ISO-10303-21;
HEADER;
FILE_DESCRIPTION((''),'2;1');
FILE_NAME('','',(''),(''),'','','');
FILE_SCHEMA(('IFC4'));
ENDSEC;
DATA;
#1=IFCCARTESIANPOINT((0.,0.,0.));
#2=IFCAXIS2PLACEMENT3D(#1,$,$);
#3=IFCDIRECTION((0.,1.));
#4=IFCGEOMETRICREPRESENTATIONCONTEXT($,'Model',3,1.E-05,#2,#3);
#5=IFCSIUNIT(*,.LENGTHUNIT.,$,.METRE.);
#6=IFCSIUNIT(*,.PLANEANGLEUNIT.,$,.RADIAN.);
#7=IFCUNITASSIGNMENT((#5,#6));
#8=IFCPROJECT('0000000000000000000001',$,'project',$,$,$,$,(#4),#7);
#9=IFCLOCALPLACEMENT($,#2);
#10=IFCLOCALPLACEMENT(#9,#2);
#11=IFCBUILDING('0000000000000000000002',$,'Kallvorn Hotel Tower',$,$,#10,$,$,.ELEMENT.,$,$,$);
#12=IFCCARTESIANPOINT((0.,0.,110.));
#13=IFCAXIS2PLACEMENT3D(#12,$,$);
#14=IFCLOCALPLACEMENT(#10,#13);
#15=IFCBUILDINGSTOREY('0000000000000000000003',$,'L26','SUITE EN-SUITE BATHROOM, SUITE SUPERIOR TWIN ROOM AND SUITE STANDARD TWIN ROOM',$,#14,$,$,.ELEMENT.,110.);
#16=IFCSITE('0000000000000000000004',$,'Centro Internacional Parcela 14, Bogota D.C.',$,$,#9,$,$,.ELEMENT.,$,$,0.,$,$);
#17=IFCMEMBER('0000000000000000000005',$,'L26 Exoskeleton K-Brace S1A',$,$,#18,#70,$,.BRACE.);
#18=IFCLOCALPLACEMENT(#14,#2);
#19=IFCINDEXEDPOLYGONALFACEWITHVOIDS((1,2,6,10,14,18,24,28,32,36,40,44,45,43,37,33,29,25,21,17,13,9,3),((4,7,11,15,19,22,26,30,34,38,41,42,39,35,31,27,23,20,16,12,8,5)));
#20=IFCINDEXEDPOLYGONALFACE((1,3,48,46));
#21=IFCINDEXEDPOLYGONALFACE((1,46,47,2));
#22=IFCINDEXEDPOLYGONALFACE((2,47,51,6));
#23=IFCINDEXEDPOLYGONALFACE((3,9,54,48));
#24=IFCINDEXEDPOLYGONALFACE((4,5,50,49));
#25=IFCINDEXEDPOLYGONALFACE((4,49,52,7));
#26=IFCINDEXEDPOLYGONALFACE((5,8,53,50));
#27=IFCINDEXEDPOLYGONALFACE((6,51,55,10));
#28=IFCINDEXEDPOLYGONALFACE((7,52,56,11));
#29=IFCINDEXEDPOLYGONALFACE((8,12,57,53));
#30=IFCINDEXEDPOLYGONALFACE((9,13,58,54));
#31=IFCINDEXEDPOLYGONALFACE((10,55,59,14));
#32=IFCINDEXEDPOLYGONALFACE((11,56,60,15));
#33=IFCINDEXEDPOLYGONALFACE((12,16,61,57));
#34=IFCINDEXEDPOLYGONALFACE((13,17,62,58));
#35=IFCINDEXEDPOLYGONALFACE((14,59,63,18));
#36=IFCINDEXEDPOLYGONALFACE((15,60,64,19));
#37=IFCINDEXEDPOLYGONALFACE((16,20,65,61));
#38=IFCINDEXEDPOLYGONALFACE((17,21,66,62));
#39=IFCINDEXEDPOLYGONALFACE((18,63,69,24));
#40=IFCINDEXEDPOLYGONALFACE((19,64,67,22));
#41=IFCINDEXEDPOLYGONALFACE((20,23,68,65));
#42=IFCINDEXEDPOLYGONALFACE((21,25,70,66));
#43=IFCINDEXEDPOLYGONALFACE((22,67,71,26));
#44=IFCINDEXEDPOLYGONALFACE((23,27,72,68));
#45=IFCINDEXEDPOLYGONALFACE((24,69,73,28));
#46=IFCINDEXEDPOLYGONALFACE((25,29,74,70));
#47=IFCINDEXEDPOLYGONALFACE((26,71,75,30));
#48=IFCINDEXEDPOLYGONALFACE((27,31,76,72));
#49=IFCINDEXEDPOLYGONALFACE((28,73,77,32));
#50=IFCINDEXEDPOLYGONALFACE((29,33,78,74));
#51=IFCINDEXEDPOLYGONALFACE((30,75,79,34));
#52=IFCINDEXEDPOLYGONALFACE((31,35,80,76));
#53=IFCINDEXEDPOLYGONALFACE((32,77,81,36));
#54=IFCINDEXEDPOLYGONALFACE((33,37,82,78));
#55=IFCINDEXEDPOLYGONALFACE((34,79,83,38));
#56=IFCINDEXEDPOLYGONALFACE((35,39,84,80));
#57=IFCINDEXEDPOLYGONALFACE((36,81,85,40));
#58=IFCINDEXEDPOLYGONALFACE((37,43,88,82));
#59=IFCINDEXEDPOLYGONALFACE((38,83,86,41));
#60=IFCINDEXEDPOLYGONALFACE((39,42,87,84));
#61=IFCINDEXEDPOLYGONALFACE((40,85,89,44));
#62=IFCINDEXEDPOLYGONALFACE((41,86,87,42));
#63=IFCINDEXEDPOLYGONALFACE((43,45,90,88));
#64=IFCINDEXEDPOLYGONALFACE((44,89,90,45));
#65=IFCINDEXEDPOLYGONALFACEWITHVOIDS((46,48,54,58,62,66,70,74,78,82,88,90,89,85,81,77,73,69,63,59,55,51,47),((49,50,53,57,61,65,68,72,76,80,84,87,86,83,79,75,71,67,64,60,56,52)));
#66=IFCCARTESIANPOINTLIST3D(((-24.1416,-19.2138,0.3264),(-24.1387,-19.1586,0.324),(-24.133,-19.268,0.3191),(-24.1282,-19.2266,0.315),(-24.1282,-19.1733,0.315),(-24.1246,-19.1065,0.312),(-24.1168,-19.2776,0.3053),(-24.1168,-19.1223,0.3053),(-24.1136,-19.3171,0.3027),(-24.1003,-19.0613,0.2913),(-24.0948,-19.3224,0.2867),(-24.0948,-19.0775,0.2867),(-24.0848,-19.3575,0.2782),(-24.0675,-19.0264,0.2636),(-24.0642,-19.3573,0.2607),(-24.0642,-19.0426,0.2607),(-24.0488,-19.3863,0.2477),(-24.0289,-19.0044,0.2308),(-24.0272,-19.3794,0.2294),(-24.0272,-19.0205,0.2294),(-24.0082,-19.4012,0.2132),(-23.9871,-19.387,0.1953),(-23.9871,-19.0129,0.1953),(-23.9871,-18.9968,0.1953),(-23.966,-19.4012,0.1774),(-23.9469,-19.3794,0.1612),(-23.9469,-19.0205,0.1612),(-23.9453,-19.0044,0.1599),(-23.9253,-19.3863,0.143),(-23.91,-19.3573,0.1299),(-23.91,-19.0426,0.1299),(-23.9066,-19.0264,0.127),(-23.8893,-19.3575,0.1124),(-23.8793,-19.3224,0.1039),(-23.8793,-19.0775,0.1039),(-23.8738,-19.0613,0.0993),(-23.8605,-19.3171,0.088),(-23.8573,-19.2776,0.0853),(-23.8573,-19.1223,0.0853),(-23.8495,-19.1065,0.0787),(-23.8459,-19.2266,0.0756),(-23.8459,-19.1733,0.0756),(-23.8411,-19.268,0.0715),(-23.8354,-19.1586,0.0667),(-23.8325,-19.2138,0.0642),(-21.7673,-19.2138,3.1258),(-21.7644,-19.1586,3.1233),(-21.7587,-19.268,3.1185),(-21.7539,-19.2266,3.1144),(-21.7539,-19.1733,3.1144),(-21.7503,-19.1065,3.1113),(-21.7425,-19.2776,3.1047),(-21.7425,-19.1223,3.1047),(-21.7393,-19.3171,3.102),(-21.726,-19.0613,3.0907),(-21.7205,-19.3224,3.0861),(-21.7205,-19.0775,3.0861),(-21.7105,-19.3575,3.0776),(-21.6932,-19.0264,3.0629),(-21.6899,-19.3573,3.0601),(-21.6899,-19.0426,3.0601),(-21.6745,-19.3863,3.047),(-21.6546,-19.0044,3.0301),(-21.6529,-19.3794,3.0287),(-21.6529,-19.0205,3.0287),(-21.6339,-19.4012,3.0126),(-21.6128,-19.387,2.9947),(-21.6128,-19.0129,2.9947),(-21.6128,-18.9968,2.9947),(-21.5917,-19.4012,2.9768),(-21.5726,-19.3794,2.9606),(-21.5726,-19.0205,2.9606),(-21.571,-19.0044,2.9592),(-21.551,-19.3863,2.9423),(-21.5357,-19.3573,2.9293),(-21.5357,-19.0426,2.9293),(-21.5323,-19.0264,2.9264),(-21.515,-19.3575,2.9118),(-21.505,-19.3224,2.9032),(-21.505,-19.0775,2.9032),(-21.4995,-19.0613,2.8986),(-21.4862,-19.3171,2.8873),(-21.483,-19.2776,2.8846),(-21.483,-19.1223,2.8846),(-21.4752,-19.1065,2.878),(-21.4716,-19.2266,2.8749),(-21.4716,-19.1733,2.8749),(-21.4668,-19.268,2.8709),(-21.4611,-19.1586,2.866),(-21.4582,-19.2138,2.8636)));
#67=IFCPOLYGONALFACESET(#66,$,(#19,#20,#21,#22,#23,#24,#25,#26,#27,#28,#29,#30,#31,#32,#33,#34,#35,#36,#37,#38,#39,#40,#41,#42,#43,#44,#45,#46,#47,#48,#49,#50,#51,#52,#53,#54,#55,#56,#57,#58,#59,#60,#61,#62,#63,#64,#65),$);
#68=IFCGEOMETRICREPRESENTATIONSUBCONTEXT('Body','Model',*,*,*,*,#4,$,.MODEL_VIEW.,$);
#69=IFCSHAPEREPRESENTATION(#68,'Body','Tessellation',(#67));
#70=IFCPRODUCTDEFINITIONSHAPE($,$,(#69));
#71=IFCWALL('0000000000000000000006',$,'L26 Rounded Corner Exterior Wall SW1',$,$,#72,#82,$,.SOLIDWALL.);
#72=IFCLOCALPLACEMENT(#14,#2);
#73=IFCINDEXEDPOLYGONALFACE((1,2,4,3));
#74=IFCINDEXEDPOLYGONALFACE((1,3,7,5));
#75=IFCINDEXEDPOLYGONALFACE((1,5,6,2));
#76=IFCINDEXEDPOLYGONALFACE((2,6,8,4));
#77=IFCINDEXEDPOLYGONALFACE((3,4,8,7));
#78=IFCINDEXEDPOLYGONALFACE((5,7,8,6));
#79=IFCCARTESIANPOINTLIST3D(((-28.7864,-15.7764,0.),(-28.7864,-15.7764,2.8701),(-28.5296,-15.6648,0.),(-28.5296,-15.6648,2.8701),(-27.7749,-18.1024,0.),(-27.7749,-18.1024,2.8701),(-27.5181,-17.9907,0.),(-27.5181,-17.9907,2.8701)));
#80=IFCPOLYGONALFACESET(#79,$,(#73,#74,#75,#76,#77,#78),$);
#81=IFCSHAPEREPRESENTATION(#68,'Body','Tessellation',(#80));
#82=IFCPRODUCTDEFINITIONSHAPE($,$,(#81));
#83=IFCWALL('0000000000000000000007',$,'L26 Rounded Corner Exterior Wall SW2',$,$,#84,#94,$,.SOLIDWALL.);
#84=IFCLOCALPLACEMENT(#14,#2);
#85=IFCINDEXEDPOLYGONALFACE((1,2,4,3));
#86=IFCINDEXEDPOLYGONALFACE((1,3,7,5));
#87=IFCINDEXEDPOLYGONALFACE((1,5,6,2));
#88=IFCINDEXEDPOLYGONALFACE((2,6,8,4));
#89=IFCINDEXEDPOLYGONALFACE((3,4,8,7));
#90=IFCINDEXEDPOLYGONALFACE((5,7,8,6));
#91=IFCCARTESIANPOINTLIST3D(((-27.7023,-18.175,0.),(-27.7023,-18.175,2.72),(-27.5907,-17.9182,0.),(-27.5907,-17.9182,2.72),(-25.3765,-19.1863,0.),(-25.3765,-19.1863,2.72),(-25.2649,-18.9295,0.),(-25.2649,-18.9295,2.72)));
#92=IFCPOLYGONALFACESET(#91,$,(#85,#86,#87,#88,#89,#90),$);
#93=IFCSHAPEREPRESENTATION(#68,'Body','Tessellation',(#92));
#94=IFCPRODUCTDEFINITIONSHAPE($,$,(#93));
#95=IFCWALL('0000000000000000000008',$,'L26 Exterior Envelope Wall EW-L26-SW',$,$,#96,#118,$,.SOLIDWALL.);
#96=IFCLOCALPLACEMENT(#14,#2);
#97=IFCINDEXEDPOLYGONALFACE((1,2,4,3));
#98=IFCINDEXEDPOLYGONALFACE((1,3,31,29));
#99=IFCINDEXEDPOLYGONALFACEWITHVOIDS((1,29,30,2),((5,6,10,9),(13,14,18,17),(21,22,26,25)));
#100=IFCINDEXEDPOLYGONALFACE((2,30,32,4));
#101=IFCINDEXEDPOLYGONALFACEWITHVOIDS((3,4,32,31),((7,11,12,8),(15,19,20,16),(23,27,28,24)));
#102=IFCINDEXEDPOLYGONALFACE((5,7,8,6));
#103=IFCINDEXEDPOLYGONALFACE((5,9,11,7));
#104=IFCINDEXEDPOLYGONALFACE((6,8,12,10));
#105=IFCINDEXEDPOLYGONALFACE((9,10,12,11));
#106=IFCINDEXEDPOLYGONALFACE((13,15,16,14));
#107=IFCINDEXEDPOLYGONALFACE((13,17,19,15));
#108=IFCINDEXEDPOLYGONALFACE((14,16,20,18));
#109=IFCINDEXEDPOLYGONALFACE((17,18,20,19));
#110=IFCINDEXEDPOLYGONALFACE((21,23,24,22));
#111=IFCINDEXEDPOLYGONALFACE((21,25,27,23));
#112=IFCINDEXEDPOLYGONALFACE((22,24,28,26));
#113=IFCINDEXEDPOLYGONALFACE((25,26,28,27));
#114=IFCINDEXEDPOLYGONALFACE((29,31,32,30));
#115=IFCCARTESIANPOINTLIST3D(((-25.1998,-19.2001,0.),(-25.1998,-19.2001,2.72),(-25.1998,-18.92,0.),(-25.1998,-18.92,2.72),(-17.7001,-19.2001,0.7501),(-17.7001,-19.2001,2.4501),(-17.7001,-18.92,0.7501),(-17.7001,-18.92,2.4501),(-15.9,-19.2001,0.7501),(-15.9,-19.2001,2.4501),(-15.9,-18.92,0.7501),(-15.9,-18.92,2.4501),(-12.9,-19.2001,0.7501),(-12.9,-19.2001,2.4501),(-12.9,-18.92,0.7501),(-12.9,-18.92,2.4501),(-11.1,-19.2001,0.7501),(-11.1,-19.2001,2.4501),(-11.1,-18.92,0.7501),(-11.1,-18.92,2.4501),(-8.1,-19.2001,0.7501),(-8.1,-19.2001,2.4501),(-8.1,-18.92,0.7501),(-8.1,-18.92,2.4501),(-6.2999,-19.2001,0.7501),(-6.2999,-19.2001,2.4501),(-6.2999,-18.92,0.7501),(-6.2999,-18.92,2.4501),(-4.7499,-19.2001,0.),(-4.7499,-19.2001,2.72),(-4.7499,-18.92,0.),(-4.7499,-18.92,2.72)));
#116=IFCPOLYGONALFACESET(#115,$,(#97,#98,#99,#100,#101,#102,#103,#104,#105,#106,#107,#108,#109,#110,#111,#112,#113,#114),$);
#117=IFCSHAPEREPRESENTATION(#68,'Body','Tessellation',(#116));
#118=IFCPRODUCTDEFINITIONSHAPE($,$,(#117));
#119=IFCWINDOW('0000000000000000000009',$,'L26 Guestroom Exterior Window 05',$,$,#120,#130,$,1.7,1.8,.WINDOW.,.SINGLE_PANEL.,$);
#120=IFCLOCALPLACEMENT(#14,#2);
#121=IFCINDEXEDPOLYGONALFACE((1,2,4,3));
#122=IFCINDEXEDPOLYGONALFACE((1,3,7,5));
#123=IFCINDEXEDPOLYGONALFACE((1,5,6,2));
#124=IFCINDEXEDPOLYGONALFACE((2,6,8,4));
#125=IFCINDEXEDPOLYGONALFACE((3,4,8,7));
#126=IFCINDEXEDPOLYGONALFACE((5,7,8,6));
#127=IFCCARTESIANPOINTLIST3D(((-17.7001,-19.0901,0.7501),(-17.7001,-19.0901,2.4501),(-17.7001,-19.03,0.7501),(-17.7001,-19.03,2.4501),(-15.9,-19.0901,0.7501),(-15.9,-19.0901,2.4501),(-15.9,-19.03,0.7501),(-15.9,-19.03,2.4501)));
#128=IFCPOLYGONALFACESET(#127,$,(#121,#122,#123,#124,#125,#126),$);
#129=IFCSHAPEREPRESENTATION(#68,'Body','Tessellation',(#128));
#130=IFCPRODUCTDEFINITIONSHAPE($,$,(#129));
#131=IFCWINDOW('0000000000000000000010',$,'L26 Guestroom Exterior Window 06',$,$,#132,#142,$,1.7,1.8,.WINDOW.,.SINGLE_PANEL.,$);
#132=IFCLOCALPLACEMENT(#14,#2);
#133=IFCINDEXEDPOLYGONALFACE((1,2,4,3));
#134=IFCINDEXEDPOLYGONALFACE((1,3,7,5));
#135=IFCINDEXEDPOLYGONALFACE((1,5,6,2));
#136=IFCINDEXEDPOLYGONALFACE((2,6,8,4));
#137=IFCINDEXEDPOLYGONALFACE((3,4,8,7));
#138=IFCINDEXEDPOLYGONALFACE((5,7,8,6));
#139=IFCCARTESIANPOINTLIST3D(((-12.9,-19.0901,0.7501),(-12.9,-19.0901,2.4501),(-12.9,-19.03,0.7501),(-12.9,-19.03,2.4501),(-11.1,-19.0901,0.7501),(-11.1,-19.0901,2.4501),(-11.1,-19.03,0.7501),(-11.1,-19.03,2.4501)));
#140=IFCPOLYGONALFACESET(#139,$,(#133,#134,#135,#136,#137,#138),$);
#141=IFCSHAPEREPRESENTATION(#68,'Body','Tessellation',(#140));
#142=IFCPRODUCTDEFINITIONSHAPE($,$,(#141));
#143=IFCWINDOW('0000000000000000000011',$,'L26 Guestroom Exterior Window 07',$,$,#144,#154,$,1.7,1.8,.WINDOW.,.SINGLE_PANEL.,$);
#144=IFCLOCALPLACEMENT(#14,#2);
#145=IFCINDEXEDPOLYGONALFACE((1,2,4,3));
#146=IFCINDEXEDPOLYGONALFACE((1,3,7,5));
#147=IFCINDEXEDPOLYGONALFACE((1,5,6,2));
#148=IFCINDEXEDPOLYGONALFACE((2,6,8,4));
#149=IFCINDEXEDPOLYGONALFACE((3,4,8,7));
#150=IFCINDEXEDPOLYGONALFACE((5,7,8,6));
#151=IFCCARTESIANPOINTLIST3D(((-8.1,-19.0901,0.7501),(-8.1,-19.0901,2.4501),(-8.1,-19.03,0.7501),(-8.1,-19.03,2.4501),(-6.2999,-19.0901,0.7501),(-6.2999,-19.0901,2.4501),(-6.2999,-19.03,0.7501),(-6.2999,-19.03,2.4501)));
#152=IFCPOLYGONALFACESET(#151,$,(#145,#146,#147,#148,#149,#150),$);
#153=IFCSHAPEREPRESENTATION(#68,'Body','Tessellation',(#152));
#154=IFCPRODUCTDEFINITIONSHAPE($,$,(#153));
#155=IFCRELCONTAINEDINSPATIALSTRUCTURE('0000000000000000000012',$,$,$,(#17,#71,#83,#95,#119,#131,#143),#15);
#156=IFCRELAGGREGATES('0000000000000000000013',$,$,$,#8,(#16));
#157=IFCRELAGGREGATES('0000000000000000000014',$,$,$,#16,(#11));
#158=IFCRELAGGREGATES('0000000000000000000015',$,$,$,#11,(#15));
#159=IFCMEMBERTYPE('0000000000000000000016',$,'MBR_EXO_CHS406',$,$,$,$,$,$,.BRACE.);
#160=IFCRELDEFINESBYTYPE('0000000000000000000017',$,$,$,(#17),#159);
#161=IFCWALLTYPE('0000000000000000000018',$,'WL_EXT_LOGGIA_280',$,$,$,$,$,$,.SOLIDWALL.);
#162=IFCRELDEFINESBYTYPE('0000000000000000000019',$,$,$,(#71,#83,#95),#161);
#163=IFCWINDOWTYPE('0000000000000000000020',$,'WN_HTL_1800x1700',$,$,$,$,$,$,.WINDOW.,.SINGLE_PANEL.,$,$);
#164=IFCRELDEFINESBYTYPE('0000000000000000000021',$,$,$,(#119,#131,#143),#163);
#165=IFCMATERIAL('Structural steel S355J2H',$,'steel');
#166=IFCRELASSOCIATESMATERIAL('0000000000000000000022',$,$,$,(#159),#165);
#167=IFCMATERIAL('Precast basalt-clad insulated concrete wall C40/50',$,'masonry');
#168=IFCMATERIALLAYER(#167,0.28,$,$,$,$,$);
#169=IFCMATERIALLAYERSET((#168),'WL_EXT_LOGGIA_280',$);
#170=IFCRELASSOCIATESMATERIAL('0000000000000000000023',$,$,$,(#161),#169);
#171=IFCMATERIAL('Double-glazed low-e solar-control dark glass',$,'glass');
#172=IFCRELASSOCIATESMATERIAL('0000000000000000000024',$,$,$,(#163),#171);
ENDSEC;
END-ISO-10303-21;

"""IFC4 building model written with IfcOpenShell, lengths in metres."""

from ifc_helpers import new_model, si_unit, direction, frame, frame_2d, origin, origin_2d, place, context, subcontext, project, spatial, rectangle, hollow_circle, extrude, material, layer, layer_set, material_profile, profile_set, type_object, element, fill, save


model = new_model("IFC4")

# Units and contexts
model_context = context("Model", 3, precision=1e-05, world=origin(), true_north=direction((0.0, 1.0)))
body_context = subcontext(model_context, "Body", "Model", "MODEL_VIEW")
ifc_project = project(units=[si_unit("LENGTHUNIT", "METRE"), si_unit("PLANEANGLEUNIT", "RADIAN")], contexts=[model_context])

# Site, building, storey
site_placement = place(None, origin())
site = spatial("IfcSite", under=ifc_project, at=site_placement, Name="Centro Internacional Parcela 14, Bogota D.C.", CompositionType="ELEMENT", RefElevation=0.0)
building_placement = place(site_placement, origin())
building = spatial("IfcBuilding", under=site, at=building_placement, Name="Kallvorn Hotel Tower", CompositionType="ELEMENT")
storey_placement = place(building_placement, frame((0.0, 0.0, 110.0)))
storey = spatial("IfcBuildingStorey", under=building, at=storey_placement, Name="L26", Description="SUITE EN-SUITE BATHROOM, SUITE SUPERIOR TWIN ROOM AND SUITE STANDARD TWIN ROOM", CompositionType="ELEMENT", Elevation=110.0)

# Member
ifc_material_1 = material(Name="Structural steel S355J2H", Category="steel")
ifc_material_profile_1 = material_profile(ifc_material_1, hollow_circle(Radius=0.2031, WallThickness=0.0161, at=origin_2d()), Name="CHS 406.4x16")
ifc_profile_set_1 = profile_set([ifc_material_profile_1], Name="Structural steel S355J2H")
member_type = type_object("IfcMemberType", Name="MBR_EXO_CHS406", PredefinedType="BRACE", material=ifc_profile_set_1)
member_placement = place(storey_placement, frame((-23.9871, -19.2, 0.1953), z_axis=(0.646833, 0.0, 0.762631), x_axis=(0.0, 1.0, 0.0)))
element("IfcMember", 1, at=member_placement, inside=storey, type_object=member_type, Name="L26 Exoskeleton K-Brace S1A", PredefinedType="BRACE", context=body_context, shape_type="SweptSolid", body=[
    extrude(hollow_circle(Radius=0.2031, WallThickness=0.0161, at=origin_2d()), origin(), (0.0, 0.0, 1.0), 3.6707),
])

# Walls
ifc_material_2 = material(Name="Precast basalt-clad insulated concrete wall C40/50", Category="masonry")
ifc_layer = layer(ifc_material_2, 0.28)
ifc_layer_set = layer_set([ifc_layer], Name="WL_EXT_LOGGIA_280")
wall_type = type_object("IfcWallType", Name="WL_EXT_LOGGIA_280", PredefinedType="SOLIDWALL", material=ifc_layer_set)
wall_1_placement = place(storey_placement, frame((-28.658, -15.7207, 0.0), z_axis=(0.0, 0.0, 1.0), x_axis=(0.398793, -0.917041, 0.0)))
element("IfcWall", 2, at=wall_1_placement, inside=storey, type_object=wall_type, Name="L26 Rounded Corner Exterior Wall SW1", PredefinedType="SOLIDWALL", context=body_context, shape_type="SweptSolid", body=[
    extrude(rectangle(XDim=2.5364, YDim=0.28, at=frame_2d((1.2681, 0.0))), origin(), (0.0, 0.0, 1.0), 2.8701),
])
wall_2_placement = place(storey_placement, frame((-27.6465, -18.0466, 0.0), z_axis=(0.0, 0.0, 1.0), x_axis=(0.917061, -0.398747, 0.0)))
element("IfcWall", 3, at=wall_2_placement, inside=storey, type_object=wall_type, Name="L26 Rounded Corner Exterior Wall SW2", PredefinedType="SOLIDWALL", context=body_context, shape_type="SweptSolid", body=[
    extrude(rectangle(XDim=2.5361, YDim=0.28, at=frame_2d((1.2681, 0.0))), origin(), (0.0, 0.0, 1.0), 2.72),
])

# Wall, openings, windows
wall_3_placement = place(storey_placement, frame((-25.2, -19.0601, 0.0), z_axis=(0.0, 0.0, 1.0), x_axis=(1.0, 0.0, 0.0)))
wall_3 = element("IfcWall", 4, at=wall_3_placement, inside=storey, type_object=wall_type, Name="L26 Exterior Envelope Wall EW-L26-SW", PredefinedType="SOLIDWALL", context=body_context, shape_type="SweptSolid", body=[
    extrude(rectangle(XDim=20.45, YDim=0.28, at=frame_2d((10.2251, 0.0))), origin(), (0.0, 0.0, 1.0), 2.72),
])
opening_1_placement = place(wall_3_placement, frame((7.5, 0.0, 0.75)))
opening_1 = element("IfcOpeningElement", 5, at=opening_1_placement, cuts=wall_3, PredefinedType="OPENING", context=body_context, shape_type="SweptSolid", body=[
    extrude(rectangle(XDim=1.8, YDim=1.7, at=frame_2d((0.8999, 0.8501))), frame((0.0, 0.155, 0.0), z_axis=(0.0, -1.0, 0.0), x_axis=(1.0, 0.0, 0.0)), (0.0, 0.0, 1.0), 0.3101),
])
opening_2_placement = place(wall_3_placement, frame((12.3, 0.0, 0.75)))
opening_2 = element("IfcOpeningElement", 6, at=opening_2_placement, cuts=wall_3, PredefinedType="OPENING", context=body_context, shape_type="SweptSolid", body=[
    extrude(rectangle(XDim=1.8, YDim=1.7, at=frame_2d((0.8999, 0.8501))), frame((0.0, 0.155, 0.0), z_axis=(0.0, -1.0, 0.0), x_axis=(1.0, 0.0, 0.0)), (0.0, 0.0, 1.0), 0.3101),
])
opening_3_placement = place(wall_3_placement, frame((17.1001, 0.0, 0.75)))
opening_3 = element("IfcOpeningElement", 7, at=opening_3_placement, cuts=wall_3, PredefinedType="OPENING", context=body_context, shape_type="SweptSolid", body=[
    extrude(rectangle(XDim=1.8, YDim=1.7, at=frame_2d((0.8999, 0.8501))), frame((0.0, 0.155, 0.0), z_axis=(0.0, -1.0, 0.0), x_axis=(1.0, 0.0, 0.0)), (0.0, 0.0, 1.0), 0.3101),
])
ifc_material_3 = material(Name="Double-glazed low-e solar-control dark glass", Category="glass")
window_type_1 = type_object("IfcWindowType", Name="WN_HTL_1800x1700", PartitioningType="SINGLE_PANEL", PredefinedType="WINDOW", material=ifc_material_3)
window_1_placement = place(opening_1_placement, origin())
window_1 = element("IfcWindow", 8, at=window_1_placement, inside=storey, type_object=window_type_1, Name="L26 Guestroom Exterior Window 05", OverallHeight=1.7, OverallWidth=1.8, PartitioningType="SINGLE_PANEL", PredefinedType="WINDOW", context=body_context, shape_type="SweptSolid", body=[
    extrude(rectangle(XDim=1.8, YDim=1.7, at=frame_2d((0.8999, 0.8501))), frame((0.0, 0.03, 0.0), z_axis=(0.0, -1.0, 0.0), x_axis=(1.0, 0.0, 0.0)), (0.0, 0.0, 1.0), 0.0601),
])
fill(opening_1, window_1)
window_2_placement = place(opening_2_placement, origin())
window_2 = element("IfcWindow", 9, at=window_2_placement, inside=storey, type_object=window_type_1, Name="L26 Guestroom Exterior Window 06", OverallHeight=1.7, OverallWidth=1.8, PartitioningType="SINGLE_PANEL", PredefinedType="WINDOW", context=body_context, shape_type="SweptSolid", body=[
    extrude(rectangle(XDim=1.8, YDim=1.7, at=frame_2d((0.8999, 0.8501))), frame((0.0, 0.03, 0.0), z_axis=(0.0, -1.0, 0.0), x_axis=(1.0, 0.0, 0.0)), (0.0, 0.0, 1.0), 0.0601),
])
fill(opening_2, window_2)
window_3_placement = place(opening_3_placement, origin())
window_3 = element("IfcWindow", 10, at=window_3_placement, inside=storey, type_object=window_type_1, Name="L26 Guestroom Exterior Window 07", OverallHeight=1.7, OverallWidth=1.8, PartitioningType="SINGLE_PANEL", PredefinedType="WINDOW", context=body_context, shape_type="SweptSolid", body=[
    extrude(rectangle(XDim=1.8, YDim=1.7, at=frame_2d((0.8999, 0.8501))), frame((0.0, 0.03, 0.0), z_axis=(0.0, -1.0, 0.0), x_axis=(1.0, 0.0, 0.0)), (0.0, 0.0, 1.0), 0.0601),
])
fill(opening_3, window_3)

save(model, "model.ifc")
